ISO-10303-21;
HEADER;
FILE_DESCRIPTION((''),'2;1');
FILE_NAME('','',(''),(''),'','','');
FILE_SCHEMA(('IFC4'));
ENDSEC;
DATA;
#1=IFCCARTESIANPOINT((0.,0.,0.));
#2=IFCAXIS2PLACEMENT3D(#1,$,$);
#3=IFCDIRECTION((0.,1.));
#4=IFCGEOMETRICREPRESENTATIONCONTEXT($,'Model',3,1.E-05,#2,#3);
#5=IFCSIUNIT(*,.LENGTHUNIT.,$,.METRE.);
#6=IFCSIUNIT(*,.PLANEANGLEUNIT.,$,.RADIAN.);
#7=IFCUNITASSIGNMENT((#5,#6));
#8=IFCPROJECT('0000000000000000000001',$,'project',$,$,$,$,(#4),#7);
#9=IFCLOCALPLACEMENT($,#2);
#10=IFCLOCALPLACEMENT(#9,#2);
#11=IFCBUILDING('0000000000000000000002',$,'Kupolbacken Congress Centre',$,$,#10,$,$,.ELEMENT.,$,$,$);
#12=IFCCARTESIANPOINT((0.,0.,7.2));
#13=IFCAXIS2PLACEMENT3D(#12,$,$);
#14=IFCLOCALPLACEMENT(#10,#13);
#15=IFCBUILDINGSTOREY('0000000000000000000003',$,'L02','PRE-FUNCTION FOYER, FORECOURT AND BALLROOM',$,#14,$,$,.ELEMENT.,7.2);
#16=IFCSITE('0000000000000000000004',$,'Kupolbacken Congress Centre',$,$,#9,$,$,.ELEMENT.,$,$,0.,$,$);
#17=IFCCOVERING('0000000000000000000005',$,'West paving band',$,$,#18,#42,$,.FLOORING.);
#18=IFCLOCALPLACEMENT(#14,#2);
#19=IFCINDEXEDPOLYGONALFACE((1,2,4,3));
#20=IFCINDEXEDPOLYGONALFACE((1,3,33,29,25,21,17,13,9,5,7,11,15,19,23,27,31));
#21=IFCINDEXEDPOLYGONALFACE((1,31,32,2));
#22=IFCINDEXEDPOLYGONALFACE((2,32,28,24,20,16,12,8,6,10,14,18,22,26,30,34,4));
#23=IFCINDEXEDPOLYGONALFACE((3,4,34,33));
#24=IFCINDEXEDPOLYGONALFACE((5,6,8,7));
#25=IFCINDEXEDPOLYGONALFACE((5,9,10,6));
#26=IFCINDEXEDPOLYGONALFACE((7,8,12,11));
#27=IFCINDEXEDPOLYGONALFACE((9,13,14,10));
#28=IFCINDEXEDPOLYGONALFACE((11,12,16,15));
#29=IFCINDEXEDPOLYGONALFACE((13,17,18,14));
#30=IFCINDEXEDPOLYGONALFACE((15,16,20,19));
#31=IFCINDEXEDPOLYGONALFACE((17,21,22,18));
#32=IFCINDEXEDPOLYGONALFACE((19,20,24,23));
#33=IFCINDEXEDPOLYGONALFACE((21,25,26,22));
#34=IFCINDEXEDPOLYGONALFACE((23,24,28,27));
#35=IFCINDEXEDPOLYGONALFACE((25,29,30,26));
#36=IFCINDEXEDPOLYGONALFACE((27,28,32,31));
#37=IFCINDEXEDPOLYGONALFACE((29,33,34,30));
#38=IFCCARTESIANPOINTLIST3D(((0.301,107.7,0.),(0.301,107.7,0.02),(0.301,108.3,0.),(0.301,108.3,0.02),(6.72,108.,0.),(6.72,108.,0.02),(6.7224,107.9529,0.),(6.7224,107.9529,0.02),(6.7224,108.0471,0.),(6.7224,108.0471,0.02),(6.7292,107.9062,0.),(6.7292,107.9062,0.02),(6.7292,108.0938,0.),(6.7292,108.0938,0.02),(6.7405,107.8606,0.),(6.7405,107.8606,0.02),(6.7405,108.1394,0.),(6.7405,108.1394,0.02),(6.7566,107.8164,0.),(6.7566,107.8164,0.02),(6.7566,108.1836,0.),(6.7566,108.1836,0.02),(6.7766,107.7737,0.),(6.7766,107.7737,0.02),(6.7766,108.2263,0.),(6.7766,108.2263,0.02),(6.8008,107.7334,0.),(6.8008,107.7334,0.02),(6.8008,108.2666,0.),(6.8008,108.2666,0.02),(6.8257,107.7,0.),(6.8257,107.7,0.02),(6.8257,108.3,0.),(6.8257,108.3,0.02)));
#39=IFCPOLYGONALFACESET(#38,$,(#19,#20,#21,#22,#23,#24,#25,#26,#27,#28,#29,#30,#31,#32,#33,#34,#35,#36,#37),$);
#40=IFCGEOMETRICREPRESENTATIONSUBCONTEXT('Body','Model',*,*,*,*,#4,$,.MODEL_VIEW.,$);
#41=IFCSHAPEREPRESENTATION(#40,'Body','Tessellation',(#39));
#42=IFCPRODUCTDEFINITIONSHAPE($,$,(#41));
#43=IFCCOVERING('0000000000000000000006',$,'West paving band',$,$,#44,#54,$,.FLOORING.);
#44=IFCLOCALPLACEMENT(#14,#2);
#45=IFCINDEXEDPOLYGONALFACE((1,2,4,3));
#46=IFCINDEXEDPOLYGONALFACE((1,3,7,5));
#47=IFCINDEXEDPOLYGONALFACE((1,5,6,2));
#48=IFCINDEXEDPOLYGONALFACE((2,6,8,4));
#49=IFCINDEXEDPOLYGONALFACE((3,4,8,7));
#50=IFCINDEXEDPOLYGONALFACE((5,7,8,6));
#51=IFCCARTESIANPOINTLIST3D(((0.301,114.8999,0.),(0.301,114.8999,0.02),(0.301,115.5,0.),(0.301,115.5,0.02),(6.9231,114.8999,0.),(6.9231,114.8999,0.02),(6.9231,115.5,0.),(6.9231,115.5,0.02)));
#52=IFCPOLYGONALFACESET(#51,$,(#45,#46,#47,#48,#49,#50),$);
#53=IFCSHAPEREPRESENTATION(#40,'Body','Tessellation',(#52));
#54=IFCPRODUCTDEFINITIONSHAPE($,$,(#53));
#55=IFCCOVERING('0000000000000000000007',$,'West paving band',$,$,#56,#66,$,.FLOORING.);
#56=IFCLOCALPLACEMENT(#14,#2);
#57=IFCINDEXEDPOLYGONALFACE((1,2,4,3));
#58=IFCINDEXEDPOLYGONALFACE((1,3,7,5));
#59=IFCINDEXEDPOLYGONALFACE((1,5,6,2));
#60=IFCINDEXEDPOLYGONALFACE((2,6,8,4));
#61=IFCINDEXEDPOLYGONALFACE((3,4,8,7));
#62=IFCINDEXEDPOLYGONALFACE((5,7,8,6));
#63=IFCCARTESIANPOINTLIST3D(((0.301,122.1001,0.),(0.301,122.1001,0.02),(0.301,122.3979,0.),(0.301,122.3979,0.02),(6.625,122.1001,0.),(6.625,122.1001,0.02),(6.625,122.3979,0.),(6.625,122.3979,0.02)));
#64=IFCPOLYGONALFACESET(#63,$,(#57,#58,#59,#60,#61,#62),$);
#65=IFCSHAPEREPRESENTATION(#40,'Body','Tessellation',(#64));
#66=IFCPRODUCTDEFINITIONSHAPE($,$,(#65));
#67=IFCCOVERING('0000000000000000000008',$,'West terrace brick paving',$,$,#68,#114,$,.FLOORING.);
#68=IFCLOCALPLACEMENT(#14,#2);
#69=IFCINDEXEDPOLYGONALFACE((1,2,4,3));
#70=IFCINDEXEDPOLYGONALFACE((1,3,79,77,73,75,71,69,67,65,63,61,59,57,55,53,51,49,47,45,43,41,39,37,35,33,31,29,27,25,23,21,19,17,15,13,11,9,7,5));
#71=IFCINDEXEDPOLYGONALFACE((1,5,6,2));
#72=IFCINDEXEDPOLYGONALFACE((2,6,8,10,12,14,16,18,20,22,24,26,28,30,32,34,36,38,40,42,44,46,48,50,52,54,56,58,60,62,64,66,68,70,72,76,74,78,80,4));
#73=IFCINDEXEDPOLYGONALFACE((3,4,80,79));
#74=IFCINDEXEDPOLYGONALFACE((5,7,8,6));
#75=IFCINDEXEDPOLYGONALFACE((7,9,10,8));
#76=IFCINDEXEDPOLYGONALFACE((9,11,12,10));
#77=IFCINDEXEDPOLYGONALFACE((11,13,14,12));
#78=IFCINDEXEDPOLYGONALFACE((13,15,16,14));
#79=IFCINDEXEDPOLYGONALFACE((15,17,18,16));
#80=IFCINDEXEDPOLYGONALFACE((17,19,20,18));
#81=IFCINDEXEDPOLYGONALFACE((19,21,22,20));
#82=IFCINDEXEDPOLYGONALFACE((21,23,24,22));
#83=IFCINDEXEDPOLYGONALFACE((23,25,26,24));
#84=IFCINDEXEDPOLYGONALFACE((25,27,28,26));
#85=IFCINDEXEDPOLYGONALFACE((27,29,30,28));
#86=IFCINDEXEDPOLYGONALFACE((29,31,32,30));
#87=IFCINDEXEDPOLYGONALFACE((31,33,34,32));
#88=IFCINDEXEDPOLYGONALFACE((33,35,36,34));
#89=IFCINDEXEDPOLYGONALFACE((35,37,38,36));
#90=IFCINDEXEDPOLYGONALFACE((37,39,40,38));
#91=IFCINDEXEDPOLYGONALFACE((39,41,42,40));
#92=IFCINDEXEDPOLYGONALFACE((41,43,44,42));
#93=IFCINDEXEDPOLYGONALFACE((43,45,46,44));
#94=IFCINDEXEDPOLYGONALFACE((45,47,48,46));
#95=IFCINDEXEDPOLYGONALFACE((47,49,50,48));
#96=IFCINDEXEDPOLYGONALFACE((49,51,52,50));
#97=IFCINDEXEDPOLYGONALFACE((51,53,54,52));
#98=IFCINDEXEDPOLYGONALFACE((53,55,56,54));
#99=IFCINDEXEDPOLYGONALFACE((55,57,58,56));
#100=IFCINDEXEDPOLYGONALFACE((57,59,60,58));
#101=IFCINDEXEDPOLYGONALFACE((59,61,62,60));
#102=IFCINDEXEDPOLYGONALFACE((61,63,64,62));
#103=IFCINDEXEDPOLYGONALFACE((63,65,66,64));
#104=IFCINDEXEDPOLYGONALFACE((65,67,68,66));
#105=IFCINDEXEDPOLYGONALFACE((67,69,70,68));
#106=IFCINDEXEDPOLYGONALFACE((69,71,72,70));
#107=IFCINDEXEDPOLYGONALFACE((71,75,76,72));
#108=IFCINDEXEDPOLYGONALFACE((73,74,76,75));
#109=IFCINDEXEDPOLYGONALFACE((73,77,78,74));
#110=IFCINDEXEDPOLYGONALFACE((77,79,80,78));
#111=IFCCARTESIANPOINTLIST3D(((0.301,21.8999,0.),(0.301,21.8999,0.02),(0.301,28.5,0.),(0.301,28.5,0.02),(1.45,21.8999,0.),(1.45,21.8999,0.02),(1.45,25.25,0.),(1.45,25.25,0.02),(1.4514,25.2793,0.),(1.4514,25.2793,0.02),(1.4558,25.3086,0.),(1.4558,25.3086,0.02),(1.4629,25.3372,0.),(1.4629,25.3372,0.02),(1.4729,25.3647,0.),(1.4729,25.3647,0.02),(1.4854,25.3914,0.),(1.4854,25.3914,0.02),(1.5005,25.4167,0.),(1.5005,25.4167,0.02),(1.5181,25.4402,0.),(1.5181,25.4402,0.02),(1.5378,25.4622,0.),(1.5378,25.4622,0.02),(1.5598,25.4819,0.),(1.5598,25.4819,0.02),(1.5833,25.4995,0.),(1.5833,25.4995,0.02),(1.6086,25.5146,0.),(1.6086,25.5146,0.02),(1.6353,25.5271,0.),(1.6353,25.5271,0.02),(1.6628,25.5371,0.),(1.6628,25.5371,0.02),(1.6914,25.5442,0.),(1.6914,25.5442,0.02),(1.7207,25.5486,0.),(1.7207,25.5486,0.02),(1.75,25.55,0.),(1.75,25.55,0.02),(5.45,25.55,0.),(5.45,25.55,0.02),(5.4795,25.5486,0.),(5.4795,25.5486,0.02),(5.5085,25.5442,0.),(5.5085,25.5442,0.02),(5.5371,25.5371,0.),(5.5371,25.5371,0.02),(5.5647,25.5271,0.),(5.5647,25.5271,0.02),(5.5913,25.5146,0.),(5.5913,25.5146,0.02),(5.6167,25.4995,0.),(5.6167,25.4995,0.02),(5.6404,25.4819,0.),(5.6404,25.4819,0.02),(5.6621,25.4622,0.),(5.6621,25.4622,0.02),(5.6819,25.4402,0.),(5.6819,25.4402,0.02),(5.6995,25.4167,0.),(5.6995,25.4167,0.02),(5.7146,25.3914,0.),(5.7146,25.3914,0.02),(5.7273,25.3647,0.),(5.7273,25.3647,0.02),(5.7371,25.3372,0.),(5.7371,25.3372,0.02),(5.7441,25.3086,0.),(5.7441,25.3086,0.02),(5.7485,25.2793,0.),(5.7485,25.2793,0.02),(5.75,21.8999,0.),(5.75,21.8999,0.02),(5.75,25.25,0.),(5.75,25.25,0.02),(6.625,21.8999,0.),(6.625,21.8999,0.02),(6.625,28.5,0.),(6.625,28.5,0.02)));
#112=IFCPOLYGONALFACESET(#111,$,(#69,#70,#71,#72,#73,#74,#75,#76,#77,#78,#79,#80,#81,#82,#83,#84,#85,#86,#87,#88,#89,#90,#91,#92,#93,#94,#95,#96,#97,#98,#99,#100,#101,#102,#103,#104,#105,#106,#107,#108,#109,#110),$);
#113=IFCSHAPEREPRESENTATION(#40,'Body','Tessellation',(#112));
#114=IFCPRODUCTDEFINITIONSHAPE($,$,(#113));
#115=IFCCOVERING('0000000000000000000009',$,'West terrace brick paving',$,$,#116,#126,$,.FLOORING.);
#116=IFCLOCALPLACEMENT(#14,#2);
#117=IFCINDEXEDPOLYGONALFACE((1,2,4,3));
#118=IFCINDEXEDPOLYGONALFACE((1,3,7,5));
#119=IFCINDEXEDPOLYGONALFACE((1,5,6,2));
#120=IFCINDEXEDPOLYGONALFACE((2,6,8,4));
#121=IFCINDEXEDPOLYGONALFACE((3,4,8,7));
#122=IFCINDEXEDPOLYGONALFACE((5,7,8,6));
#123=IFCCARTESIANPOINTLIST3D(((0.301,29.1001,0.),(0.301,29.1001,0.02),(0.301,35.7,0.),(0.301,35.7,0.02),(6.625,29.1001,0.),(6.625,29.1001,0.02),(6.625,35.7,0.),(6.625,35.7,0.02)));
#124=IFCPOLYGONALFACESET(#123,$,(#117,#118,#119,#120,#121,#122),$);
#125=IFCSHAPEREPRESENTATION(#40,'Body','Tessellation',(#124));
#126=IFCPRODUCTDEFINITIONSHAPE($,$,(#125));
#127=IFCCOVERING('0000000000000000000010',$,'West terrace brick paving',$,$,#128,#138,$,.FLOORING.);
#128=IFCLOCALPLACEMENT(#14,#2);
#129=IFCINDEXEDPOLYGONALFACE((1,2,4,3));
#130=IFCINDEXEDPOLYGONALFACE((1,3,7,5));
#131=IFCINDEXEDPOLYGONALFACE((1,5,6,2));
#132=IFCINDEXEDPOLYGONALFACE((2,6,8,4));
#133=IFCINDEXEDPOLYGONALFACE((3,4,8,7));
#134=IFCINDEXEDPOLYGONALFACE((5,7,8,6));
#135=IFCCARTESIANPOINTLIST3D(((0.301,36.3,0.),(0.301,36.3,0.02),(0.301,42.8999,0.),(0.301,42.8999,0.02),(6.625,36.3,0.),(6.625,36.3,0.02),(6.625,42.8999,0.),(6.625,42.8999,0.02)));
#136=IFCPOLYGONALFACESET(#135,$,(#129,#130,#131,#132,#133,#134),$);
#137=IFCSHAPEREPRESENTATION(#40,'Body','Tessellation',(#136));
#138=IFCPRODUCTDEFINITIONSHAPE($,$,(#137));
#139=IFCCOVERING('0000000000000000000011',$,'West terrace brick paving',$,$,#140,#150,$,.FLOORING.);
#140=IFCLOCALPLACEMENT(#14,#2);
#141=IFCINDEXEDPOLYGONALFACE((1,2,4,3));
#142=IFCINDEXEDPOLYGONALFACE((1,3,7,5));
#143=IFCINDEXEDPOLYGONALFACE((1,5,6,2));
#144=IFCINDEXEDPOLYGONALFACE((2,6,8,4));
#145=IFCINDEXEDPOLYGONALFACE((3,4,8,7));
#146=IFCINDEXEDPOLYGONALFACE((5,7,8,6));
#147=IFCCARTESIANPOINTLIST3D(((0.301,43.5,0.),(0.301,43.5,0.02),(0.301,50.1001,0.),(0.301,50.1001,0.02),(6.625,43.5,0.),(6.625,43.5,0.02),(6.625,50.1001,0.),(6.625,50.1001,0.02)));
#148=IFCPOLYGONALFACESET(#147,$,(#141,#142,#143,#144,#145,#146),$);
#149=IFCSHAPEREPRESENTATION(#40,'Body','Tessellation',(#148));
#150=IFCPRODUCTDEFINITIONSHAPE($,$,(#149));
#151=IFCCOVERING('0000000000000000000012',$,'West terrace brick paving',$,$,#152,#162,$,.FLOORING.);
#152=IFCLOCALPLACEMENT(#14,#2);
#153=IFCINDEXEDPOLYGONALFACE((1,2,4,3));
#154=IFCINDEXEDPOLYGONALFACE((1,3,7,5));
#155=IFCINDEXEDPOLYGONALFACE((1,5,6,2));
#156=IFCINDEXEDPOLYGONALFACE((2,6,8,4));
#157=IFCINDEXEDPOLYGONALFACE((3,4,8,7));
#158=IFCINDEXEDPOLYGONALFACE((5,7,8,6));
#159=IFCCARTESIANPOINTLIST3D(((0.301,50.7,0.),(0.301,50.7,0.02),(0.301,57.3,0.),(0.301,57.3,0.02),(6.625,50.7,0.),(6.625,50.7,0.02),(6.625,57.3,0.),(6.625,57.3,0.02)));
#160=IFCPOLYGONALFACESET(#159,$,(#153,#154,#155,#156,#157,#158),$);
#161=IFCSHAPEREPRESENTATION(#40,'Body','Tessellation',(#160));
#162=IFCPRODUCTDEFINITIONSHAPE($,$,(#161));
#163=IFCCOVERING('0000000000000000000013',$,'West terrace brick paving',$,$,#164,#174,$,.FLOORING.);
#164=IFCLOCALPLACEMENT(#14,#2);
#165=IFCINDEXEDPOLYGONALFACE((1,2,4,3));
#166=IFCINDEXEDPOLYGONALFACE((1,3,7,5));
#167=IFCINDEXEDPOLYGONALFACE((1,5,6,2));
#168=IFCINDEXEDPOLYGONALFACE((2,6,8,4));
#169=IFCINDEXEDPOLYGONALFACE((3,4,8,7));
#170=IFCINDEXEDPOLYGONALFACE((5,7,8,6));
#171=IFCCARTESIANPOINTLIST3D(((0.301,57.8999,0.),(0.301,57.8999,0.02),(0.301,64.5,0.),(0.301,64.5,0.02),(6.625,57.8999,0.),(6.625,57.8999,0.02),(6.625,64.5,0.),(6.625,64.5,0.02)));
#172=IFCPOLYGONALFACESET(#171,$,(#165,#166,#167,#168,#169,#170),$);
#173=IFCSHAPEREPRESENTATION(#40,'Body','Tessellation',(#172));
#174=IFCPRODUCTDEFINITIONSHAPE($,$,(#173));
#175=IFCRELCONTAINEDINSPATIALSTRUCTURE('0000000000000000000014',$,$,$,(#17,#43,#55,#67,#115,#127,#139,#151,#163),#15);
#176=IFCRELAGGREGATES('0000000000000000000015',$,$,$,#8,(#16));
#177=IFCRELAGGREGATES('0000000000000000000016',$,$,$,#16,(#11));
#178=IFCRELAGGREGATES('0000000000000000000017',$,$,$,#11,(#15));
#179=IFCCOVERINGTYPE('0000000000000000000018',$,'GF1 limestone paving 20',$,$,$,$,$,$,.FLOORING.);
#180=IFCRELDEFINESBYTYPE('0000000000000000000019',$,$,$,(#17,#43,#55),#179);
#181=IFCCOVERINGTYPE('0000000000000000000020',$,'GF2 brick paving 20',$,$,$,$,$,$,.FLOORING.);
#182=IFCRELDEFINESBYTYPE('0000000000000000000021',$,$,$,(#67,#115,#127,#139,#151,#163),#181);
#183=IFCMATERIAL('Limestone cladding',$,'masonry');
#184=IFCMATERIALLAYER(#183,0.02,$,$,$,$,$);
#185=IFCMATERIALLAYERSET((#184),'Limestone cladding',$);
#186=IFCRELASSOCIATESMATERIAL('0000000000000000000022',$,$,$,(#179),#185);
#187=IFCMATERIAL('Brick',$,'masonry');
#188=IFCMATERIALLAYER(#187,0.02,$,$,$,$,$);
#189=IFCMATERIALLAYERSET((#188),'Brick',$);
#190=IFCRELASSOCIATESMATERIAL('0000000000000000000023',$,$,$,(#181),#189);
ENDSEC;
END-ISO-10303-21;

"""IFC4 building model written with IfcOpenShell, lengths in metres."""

from ifc_helpers import new_model, si_unit, direction, frame, origin, place, context, subcontext, project, spatial, polyline, outline, extrude, material, layer, layer_set, type_object, element, save


model = new_model("IFC4")

# Units and contexts
model_context = context("Model", 3, precision=1e-05, world=origin(), true_north=direction((0.0, 1.0)))
body_context = subcontext(model_context, "Body", "Model", "MODEL_VIEW")
ifc_project = project(units=[si_unit("LENGTHUNIT", "METRE"), si_unit("PLANEANGLEUNIT", "RADIAN")], contexts=[model_context])

# Site, building, storey
site_placement = place(None, origin())
site = spatial("IfcSite", under=ifc_project, at=site_placement, Name="Kupolbacken Congress Centre", CompositionType="ELEMENT", RefElevation=0.0)
building_placement = place(site_placement, origin())
building = spatial("IfcBuilding", under=site, at=building_placement, Name="Kupolbacken Congress Centre", CompositionType="ELEMENT")
storey_placement = place(building_placement, frame((0.0, 0.0, 7.2)))
storey = spatial("IfcBuildingStorey", under=building, at=storey_placement, Name="L02", Description="PRE-FUNCTION FOYER, FORECOURT AND BALLROOM", CompositionType="ELEMENT", Elevation=7.2)

# Coverings
ifc_material_1 = material(Name="Limestone cladding", Category="masonry")
ifc_layer_1 = layer(ifc_material_1, 0.02)
ifc_layer_set_1 = layer_set([ifc_layer_1], Name="Limestone cladding")
covering_type_1 = type_object("IfcCoveringType", Name="GF1 limestone paving 20", PredefinedType="FLOORING", material=ifc_layer_set_1)
covering_1_placement = place(storey_placement, origin())
element("IfcCovering", 1, at=covering_1_placement, inside=storey, type_object=covering_type_1, Name="West paving band", PredefinedType="FLOORING", context=body_context, shape_type="SweptSolid", body=[
    extrude(outline(polyline([(0.301, 107.7), (0.301, 108.3), (6.8257, 108.3), (6.8008, 108.2666), (6.7766, 108.2263), (6.7566, 108.1836), (6.7405, 108.1394), (6.7292, 108.0938), (6.7224, 108.0471), (6.72, 108.0), (6.7224, 107.9529), (6.7292, 107.9062), (6.7405, 107.8606), (6.7566, 107.8164), (6.7766, 107.7737), (6.8008, 107.7334), (6.8257, 107.7), (0.301, 107.7)])), origin(), (0.0, 0.0, 1.0), 0.02),
])
covering_2_placement = place(storey_placement, origin())
element("IfcCovering", 2, at=covering_2_placement, inside=storey, type_object=covering_type_1, Name="West paving band", PredefinedType="FLOORING", context=body_context, shape_type="SweptSolid", body=[
    extrude(outline(polyline([(0.301, 114.8999), (0.301, 115.5), (6.9231, 115.5), (6.9231, 114.8999), (0.301, 114.8999)])), origin(), (0.0, 0.0, 1.0), 0.02),
])
covering_3_placement = place(storey_placement, origin())
element("IfcCovering", 3, at=covering_3_placement, inside=storey, type_object=covering_type_1, Name="West paving band", PredefinedType="FLOORING", context=body_context, shape_type="SweptSolid", body=[
    extrude(outline(polyline([(0.301, 122.1001), (0.301, 122.3979), (6.625, 122.3979), (6.625, 122.1001), (0.301, 122.1001)])), origin(), (0.0, 0.0, 1.0), 0.02),
])
ifc_material_2 = material(Name="Brick", Category="masonry")
ifc_layer_2 = layer(ifc_material_2, 0.02)
ifc_layer_set_2 = layer_set([ifc_layer_2], Name="Brick")
covering_type_2 = type_object("IfcCoveringType", Name="GF2 brick paving 20", PredefinedType="FLOORING", material=ifc_layer_set_2)
covering_4_placement = place(storey_placement, origin())
element("IfcCovering", 4, at=covering_4_placement, inside=storey, type_object=covering_type_2, Name="West terrace brick paving", PredefinedType="FLOORING", context=body_context, shape_type="SweptSolid", body=[
    extrude(outline(polyline([(5.7485, 25.2793), (5.7441, 25.3086), (5.7371, 25.3372), (5.7273, 25.3647), (5.7146, 25.3914), (5.6995, 25.4167), (5.6819, 25.4402), (5.6621, 25.4622), (5.6404, 25.4819), (5.6167, 25.4995), (5.5913, 25.5146), (5.5647, 25.5271), (5.5371, 25.5371), (5.5085, 25.5442), (5.4795, 25.5486), (5.45, 25.55), (1.75, 25.55), (1.7207, 25.5486), (1.6914, 25.5442), (1.6628, 25.5371), (1.6353, 25.5271), (1.6086, 25.5146), (1.5833, 25.4995), (1.5598, 25.4819), (1.5378, 25.4622), (1.5181, 25.4402), (1.5005, 25.4167), (1.4854, 25.3914), (1.4729, 25.3647), (1.4629, 25.3372), (1.4558, 25.3086), (1.4514, 25.2793), (1.45, 25.25), (1.45, 21.8999), (0.301, 21.8999), (0.301, 28.5), (6.625, 28.5), (6.625, 21.8999), (5.75, 21.8999), (5.75, 25.25), (5.7485, 25.2793)])), origin(), (0.0, 0.0, 1.0), 0.02),
])
covering_5_placement = place(storey_placement, origin())
element("IfcCovering", 5, at=covering_5_placement, inside=storey, type_object=covering_type_2, Name="West terrace brick paving", PredefinedType="FLOORING", context=body_context, shape_type="SweptSolid", body=[
    extrude(outline(polyline([(6.625, 29.1001), (0.301, 29.1001), (0.301, 35.7), (6.625, 35.7), (6.625, 29.1001)])), origin(), (0.0, 0.0, 1.0), 0.02),
])
covering_6_placement = place(storey_placement, origin())
element("IfcCovering", 6, at=covering_6_placement, inside=storey, type_object=covering_type_2, Name="West terrace brick paving", PredefinedType="FLOORING", context=body_context, shape_type="SweptSolid", body=[
    extrude(outline(polyline([(6.625, 36.3), (0.301, 36.3), (0.301, 42.8999), (6.625, 42.8999), (6.625, 36.3)])), origin(), (0.0, 0.0, 1.0), 0.02),
])
covering_7_placement = place(storey_placement, origin())
element("IfcCovering", 7, at=covering_7_placement, inside=storey, type_object=covering_type_2, Name="West terrace brick paving", PredefinedType="FLOORING", context=body_context, shape_type="SweptSolid", body=[
    extrude(outline(polyline([(6.625, 43.5), (0.301, 43.5), (0.301, 50.1001), (6.625, 50.1001), (6.625, 43.5)])), origin(), (0.0, 0.0, 1.0), 0.02),
])
covering_8_placement = place(storey_placement, origin())
element("IfcCovering", 8, at=covering_8_placement, inside=storey, type_object=covering_type_2, Name="West terrace brick paving", PredefinedType="FLOORING", context=body_context, shape_type="SweptSolid", body=[
    extrude(outline(polyline([(6.625, 50.7), (0.301, 50.7), (0.301, 57.3), (6.625, 57.3), (6.625, 50.7)])), origin(), (0.0, 0.0, 1.0), 0.02),
])
covering_9_placement = place(storey_placement, origin())
element("IfcCovering", 9, at=covering_9_placement, inside=storey, type_object=covering_type_2, Name="West terrace brick paving", PredefinedType="FLOORING", context=body_context, shape_type="SweptSolid", body=[
    extrude(outline(polyline([(6.625, 57.8999), (0.301, 57.8999), (0.301, 64.5), (6.625, 64.5), (6.625, 57.8999)])), origin(), (0.0, 0.0, 1.0), 0.02),
])

save(model, "model.ifc")
